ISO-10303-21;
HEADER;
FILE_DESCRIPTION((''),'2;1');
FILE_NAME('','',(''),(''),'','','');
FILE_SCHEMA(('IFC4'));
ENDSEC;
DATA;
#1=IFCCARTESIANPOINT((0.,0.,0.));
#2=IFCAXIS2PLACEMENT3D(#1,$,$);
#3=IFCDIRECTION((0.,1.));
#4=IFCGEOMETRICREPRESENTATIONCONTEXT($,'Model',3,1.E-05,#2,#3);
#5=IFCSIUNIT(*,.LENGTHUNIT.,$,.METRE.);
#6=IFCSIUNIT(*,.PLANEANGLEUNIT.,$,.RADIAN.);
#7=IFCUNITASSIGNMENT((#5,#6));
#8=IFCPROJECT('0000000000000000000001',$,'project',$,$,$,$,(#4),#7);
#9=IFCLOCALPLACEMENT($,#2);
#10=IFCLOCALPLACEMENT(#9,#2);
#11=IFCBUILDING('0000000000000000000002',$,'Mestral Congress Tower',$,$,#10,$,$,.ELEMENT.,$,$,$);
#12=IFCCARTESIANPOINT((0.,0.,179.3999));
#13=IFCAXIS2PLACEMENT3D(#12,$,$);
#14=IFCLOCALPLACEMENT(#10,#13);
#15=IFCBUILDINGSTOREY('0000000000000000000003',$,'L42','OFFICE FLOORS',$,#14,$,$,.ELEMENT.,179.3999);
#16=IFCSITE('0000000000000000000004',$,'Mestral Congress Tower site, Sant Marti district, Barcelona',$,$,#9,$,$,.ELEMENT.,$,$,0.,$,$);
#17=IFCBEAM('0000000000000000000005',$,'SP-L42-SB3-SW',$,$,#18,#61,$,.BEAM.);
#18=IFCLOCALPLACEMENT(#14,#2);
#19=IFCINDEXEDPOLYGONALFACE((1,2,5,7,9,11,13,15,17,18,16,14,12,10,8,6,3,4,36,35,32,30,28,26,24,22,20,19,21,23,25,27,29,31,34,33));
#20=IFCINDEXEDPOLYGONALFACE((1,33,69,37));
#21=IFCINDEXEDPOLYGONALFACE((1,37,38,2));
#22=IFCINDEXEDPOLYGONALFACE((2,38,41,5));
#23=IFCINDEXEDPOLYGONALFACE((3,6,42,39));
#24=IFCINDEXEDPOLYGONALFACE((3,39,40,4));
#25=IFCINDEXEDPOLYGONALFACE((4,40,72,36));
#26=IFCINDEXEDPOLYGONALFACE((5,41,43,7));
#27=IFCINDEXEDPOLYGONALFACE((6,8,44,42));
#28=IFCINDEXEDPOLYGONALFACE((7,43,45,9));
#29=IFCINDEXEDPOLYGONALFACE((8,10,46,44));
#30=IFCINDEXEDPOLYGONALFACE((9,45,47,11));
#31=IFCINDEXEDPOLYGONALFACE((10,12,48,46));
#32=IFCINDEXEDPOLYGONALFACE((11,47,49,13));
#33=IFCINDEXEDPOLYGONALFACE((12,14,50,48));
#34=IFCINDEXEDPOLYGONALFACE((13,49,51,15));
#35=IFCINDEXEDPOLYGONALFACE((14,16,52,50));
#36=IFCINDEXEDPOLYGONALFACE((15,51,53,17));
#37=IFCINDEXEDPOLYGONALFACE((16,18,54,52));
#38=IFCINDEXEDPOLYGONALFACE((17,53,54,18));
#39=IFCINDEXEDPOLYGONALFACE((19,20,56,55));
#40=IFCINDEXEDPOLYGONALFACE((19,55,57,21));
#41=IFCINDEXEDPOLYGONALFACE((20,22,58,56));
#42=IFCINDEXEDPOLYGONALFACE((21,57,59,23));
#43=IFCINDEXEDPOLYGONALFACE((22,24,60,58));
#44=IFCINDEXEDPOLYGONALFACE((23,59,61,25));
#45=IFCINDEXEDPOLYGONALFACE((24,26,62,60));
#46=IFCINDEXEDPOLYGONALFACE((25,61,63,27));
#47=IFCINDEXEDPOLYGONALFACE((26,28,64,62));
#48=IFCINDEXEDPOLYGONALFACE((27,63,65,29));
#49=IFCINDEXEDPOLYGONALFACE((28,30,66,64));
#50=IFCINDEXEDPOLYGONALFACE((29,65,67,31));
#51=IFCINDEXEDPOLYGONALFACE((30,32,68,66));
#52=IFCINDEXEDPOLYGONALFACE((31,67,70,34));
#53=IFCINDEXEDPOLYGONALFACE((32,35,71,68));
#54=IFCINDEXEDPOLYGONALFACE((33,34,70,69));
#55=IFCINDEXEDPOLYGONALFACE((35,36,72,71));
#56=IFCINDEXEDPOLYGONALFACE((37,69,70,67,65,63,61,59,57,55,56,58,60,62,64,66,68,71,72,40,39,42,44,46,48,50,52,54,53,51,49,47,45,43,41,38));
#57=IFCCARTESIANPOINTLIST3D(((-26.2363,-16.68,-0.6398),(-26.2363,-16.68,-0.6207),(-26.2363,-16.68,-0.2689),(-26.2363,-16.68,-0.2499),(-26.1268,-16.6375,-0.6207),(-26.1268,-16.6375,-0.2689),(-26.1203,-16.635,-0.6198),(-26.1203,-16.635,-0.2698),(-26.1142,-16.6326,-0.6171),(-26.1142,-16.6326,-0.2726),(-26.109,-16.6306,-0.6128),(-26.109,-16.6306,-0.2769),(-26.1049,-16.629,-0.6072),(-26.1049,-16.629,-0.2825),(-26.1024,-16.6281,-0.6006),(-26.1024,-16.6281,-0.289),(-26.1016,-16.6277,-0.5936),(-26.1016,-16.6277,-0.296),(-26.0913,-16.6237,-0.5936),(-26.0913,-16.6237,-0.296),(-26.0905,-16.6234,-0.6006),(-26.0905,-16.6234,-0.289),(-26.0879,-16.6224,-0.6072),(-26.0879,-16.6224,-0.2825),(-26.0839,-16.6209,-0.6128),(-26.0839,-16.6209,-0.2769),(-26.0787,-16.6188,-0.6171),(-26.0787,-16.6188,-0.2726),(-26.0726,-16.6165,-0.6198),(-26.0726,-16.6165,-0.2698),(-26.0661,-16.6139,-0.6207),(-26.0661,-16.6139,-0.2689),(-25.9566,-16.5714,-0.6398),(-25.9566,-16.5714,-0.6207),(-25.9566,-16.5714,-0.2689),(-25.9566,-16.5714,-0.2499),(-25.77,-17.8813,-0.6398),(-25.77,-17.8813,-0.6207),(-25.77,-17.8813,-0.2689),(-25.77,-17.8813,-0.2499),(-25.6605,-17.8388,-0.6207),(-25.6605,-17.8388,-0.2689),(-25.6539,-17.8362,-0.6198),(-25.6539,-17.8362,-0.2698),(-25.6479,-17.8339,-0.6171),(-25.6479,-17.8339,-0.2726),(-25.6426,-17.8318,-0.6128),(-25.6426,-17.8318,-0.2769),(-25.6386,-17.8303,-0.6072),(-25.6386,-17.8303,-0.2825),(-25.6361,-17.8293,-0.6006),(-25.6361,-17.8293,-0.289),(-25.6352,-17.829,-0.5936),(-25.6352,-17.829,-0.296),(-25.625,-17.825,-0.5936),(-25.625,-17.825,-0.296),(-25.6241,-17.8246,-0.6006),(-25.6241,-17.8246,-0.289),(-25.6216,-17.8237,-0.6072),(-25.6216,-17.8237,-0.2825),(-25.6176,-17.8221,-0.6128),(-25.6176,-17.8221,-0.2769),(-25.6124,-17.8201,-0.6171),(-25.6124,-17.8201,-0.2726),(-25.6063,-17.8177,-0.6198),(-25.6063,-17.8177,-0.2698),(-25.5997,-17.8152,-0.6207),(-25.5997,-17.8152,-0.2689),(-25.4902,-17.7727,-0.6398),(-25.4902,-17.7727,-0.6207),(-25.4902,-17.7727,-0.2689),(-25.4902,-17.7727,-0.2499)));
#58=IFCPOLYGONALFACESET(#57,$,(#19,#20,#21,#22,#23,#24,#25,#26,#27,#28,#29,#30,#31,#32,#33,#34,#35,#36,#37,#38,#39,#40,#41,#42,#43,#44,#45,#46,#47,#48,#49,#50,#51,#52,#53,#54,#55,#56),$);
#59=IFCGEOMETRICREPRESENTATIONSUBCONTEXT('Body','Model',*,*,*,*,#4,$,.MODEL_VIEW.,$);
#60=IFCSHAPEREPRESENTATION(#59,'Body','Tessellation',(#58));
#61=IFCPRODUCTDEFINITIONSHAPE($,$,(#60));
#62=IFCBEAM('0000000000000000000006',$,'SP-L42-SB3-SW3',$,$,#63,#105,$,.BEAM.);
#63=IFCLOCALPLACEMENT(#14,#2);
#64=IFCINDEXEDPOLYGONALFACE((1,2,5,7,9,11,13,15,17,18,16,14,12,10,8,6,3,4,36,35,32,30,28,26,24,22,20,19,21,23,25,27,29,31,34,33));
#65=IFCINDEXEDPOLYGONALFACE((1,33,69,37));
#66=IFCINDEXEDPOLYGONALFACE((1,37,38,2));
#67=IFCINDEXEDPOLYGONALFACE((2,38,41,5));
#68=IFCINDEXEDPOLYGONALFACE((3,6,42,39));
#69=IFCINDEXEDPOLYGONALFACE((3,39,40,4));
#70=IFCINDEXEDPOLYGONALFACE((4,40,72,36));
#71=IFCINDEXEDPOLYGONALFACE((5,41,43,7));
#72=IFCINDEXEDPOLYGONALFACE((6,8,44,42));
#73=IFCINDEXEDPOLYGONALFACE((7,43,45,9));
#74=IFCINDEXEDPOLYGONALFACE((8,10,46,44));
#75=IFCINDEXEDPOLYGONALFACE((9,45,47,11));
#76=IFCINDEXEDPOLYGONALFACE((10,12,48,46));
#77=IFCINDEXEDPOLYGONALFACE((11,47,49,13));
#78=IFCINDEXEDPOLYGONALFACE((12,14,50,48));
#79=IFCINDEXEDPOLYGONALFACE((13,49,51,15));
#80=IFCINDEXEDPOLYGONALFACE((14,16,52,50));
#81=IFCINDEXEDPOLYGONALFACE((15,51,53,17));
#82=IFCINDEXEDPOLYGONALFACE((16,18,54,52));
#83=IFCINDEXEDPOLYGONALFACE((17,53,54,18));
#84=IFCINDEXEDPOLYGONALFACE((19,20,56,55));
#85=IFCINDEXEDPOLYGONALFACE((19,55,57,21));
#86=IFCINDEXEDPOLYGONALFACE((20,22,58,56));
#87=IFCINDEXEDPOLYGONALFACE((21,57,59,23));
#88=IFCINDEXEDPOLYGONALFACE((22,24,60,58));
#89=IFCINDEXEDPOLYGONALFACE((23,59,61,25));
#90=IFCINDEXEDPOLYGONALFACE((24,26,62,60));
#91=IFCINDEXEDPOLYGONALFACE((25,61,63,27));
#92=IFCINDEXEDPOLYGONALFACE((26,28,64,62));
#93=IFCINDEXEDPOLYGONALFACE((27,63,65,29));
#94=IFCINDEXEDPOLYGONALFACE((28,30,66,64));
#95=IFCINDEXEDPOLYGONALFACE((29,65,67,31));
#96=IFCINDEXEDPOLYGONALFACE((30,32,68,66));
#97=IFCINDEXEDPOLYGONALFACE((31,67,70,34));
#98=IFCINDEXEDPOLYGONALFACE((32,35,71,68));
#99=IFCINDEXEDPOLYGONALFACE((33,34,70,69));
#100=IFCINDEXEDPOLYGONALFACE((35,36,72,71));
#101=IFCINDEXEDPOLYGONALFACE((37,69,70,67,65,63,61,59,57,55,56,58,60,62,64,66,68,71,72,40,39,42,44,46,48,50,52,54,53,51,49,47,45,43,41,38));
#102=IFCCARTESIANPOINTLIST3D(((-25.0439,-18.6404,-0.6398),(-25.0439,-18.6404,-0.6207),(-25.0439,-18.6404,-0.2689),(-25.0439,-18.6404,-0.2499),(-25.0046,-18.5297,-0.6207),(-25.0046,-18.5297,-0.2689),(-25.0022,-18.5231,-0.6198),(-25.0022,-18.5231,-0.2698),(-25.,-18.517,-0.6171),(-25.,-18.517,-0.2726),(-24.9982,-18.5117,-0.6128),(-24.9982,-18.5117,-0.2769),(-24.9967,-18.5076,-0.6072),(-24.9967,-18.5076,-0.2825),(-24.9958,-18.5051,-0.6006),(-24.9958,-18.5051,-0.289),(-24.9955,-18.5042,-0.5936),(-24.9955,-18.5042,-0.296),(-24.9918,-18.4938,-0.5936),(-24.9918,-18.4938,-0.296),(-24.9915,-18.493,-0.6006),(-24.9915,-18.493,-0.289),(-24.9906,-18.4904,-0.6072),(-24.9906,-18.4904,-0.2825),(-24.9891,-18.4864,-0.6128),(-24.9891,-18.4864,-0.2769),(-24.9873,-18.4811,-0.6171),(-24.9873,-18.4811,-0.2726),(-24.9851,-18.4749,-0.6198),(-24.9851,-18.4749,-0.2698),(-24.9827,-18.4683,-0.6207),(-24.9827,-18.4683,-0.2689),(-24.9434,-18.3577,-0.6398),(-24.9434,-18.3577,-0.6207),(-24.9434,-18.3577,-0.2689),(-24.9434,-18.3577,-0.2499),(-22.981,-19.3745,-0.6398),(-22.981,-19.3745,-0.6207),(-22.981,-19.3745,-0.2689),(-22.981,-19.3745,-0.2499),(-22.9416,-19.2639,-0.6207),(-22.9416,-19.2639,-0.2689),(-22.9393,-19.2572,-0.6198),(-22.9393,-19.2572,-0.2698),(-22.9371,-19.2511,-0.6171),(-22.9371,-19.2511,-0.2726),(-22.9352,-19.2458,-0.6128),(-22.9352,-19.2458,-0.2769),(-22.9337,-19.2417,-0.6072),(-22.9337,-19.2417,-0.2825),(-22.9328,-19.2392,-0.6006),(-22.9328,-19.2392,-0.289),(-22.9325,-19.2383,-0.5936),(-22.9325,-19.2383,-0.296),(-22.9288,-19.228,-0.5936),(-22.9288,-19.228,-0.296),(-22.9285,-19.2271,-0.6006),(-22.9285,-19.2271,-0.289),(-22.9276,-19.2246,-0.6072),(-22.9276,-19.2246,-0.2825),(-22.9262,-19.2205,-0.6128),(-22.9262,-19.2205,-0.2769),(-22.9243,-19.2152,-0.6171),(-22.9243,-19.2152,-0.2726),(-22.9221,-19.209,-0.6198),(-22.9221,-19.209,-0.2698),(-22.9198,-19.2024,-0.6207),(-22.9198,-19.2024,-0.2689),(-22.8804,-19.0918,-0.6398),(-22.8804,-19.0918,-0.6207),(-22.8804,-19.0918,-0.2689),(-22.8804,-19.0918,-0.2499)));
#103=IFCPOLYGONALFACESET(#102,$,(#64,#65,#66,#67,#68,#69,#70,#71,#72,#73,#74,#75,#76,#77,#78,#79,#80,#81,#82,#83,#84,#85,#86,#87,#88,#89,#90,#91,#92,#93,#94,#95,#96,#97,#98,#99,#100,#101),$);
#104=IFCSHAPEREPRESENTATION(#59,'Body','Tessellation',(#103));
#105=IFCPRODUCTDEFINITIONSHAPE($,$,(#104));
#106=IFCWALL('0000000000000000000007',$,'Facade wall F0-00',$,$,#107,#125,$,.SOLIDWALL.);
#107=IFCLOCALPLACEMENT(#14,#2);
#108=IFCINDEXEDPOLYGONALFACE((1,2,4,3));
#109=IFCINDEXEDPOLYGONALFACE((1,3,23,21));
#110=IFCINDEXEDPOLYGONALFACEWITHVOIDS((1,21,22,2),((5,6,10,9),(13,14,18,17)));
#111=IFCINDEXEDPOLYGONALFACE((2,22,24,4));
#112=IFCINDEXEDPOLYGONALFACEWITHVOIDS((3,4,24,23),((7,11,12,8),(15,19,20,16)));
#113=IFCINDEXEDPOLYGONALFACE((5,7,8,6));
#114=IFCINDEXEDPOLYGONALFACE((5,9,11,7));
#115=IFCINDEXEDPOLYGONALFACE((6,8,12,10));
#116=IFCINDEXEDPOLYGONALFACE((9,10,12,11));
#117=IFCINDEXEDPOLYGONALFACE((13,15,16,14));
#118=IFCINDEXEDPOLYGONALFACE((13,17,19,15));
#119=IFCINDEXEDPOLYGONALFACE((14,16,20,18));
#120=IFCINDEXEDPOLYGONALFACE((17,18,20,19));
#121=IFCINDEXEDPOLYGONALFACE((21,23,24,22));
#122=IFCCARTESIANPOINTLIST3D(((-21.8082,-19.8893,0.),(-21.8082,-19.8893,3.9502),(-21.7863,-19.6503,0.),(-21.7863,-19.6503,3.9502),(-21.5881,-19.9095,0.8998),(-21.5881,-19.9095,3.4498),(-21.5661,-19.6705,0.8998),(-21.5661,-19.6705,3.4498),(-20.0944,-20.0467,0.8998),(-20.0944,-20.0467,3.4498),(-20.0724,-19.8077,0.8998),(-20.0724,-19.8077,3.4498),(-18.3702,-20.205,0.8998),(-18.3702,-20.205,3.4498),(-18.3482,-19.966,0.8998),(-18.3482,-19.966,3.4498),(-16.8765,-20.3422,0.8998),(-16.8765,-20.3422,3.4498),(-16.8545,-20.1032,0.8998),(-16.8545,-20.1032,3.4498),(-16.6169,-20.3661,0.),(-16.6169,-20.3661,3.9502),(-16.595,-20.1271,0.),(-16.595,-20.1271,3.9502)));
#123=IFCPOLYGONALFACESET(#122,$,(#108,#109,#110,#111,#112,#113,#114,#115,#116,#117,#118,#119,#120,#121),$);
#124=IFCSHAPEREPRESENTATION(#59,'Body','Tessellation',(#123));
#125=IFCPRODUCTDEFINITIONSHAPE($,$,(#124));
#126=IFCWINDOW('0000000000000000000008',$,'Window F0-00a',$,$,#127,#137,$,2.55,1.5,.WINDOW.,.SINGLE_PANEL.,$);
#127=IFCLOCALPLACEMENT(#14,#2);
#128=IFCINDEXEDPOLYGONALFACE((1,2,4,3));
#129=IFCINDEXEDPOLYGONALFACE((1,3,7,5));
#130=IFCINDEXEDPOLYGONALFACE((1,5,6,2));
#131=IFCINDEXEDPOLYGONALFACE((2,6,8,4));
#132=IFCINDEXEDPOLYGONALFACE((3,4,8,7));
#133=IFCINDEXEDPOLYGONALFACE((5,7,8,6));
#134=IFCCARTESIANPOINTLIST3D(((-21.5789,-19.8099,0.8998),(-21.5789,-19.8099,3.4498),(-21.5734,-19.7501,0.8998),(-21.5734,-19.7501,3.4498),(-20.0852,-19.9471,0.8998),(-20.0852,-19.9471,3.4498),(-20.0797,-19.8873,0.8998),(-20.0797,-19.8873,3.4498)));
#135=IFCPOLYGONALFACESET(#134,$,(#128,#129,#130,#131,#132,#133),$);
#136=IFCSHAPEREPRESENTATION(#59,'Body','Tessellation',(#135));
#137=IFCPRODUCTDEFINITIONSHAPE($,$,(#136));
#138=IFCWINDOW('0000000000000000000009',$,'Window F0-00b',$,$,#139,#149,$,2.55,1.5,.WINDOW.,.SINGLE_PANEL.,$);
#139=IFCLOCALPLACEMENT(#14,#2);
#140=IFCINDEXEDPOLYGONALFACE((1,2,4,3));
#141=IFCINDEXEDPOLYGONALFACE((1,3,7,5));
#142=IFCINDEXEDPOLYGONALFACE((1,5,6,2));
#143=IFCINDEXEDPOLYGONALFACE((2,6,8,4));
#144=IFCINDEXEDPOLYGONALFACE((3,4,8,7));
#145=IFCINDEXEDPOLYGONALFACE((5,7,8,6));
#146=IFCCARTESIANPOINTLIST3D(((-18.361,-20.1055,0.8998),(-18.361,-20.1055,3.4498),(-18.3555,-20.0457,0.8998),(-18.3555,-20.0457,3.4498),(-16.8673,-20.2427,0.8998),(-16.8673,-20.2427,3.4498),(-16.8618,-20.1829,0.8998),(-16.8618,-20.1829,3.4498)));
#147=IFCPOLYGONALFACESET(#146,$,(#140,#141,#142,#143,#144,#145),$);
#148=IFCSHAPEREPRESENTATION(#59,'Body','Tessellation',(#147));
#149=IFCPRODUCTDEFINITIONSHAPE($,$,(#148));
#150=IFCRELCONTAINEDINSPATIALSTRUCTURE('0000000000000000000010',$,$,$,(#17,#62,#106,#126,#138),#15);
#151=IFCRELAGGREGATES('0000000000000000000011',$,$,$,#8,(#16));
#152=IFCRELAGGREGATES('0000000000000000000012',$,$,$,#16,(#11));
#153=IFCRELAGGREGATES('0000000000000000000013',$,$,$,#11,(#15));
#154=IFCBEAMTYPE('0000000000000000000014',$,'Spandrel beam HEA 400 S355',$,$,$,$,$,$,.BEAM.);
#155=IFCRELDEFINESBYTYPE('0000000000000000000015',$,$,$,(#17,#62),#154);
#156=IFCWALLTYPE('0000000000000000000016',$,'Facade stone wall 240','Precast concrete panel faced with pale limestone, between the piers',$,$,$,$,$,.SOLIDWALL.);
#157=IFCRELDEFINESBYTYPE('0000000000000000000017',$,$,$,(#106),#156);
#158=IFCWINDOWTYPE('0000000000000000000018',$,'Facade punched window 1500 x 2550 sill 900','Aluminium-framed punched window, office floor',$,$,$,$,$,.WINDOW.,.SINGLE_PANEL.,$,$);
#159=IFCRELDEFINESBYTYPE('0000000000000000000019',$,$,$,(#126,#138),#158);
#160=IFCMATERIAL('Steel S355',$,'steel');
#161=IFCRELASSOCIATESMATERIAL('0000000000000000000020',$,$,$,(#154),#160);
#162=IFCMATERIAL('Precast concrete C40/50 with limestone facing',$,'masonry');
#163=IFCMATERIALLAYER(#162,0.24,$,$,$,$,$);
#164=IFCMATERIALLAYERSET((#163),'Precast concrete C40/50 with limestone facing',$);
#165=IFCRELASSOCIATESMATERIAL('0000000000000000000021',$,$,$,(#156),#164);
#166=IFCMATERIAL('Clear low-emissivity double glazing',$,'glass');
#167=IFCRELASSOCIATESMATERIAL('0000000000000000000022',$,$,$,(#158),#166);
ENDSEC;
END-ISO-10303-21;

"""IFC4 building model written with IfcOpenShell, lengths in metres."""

from ifc_helpers import new_model, si_unit, direction, frame, frame_2d, origin, origin_2d, place, context, subcontext, project, spatial, rectangle, i_section, extrude, material, layer, layer_set, material_profile, profile_set, type_object, element, fill, save


model = new_model("IFC4")

# Units and contexts
model_context = context("Model", 3, precision=1e-05, world=origin(), true_north=direction((0.0, 1.0)))
body_context = subcontext(model_context, "Body", "Model", "MODEL_VIEW")
ifc_project = project(units=[si_unit("LENGTHUNIT", "METRE"), si_unit("PLANEANGLEUNIT", "RADIAN")], contexts=[model_context])

# Site, building, storey
site_placement = place(None, origin())
site = spatial("IfcSite", under=ifc_project, at=site_placement, Name="Mestral Congress Tower site, Sant Marti district, Barcelona", CompositionType="ELEMENT", RefElevation=0.0)
building_placement = place(site_placement, origin())
building = spatial("IfcBuilding", under=site, at=building_placement, Name="Mestral Congress Tower", CompositionType="ELEMENT")
storey_placement = place(building_placement, frame((0.0, 0.0, 179.3999)))
storey = spatial("IfcBuildingStorey", under=building, at=storey_placement, Name="L42", Description="OFFICE FLOORS", CompositionType="ELEMENT", Elevation=179.3999)

# Beams
ifc_material_1 = material(Name="Steel S355", Category="steel")
ifc_material_profile_1 = material_profile(ifc_material_1, i_section(OverallWidth=0.3, OverallDepth=0.3899, WebThickness=0.011, FlangeThickness=0.019, FilletRadius=0.0271, at=origin_2d()), Name="HEA 400")
ifc_profile_set_1 = profile_set([ifc_material_profile_1], Name="Steel S355")
beam_type_1 = type_object("IfcBeamType", Name="Spandrel beam HEA 400 S355", PredefinedType="BEAM", material=ifc_profile_set_1)
beam_1_placement = place(storey_placement, frame((-26.0964, -16.6257, -0.4448), z_axis=(0.361898, -0.932218, 0.0), x_axis=(0.932218, 0.361898, 0.0)))
element("IfcBeam", 1, at=beam_1_placement, inside=storey, type_object=beam_type_1, Name="SP-L42-SB3-SW", PredefinedType="BEAM", context=body_context, shape_type="SweptSolid", body=[
    extrude(i_section(OverallWidth=0.3, OverallDepth=0.3899, WebThickness=0.011, FlangeThickness=0.019, FilletRadius=0.0271, at=origin_2d()), origin(), (0.0, 0.0, 1.0), 1.2886),
])
beam_2_placement = place(storey_placement, frame((-24.9937, -18.499, -0.4448), z_axis=(0.942125, -0.335263, 0.0), x_axis=(0.335263, 0.942125, 0.0)))
element("IfcBeam", 2, at=beam_2_placement, inside=storey, type_object=beam_type_1, Name="SP-L42-SB3-SW3", PredefinedType="BEAM", context=body_context, shape_type="SweptSolid", body=[
    extrude(i_section(OverallWidth=0.3, OverallDepth=0.3899, WebThickness=0.011, FlangeThickness=0.019, FilletRadius=0.0271, at=origin_2d()), origin(), (0.0, 0.0, 1.0), 2.1897),
])

# Wall, openings, windows
ifc_material_2 = material(Name="Precast concrete C40/50 with limestone facing", Category="masonry")
ifc_layer = layer(ifc_material_2, 0.24)
ifc_layer_set = layer_set([ifc_layer], Name="Precast concrete C40/50 with limestone facing")
wall_type = type_object("IfcWallType", Name="Facade stone wall 240", Description="Precast concrete panel faced with pale limestone, between the piers", PredefinedType="SOLIDWALL", material=ifc_layer_set)
wall_1_placement = place(storey_placement, frame((-21.7971, -19.7698, 0.0), z_axis=(0.0, 0.0, 1.0), x_axis=(0.995809, -0.09146, 0.0)))
wall_1 = element("IfcWall", 3, at=wall_1_placement, inside=storey, type_object=wall_type, Name="Facade wall F0-00", PredefinedType="SOLIDWALL", context=body_context, shape_type="SweptSolid", body=[
    extrude(rectangle(XDim=5.2131, YDim=0.24, at=frame_2d((2.6064, 0.0))), origin(), (0.0, 0.0, 1.0), 3.9502),
])
opening_1_placement = place(wall_1_placement, frame((0.2209, 0.0, 0.8999)))
opening_1 = element("IfcOpeningElement", 4, at=opening_1_placement, cuts=wall_1, PredefinedType="OPENING", context=body_context, shape_type="SweptSolid", body=[
    extrude(rectangle(XDim=1.5, YDim=2.55, at=frame_2d((0.75, 1.2749))), frame((0.0, 0.1299, 0.0), z_axis=(0.0, -1.0, 0.0), x_axis=(1.0, 0.0, 0.0)), (0.0, 0.0, 1.0), 0.26),
])
opening_2_placement = place(wall_1_placement, frame((3.4524, 0.0, 0.8999)))
opening_2 = element("IfcOpeningElement", 5, at=opening_2_placement, cuts=wall_1, PredefinedType="OPENING", context=body_context, shape_type="SweptSolid", body=[
    extrude(rectangle(XDim=1.5, YDim=2.55, at=frame_2d((0.75, 1.2749))), frame((0.0, 0.1299, 0.0), z_axis=(0.0, -1.0, 0.0), x_axis=(1.0, 0.0, 0.0)), (0.0, 0.0, 1.0), 0.26),
])
ifc_material_3 = material(Name="Clear low-emissivity double glazing", Category="glass")
window_type_1 = type_object("IfcWindowType", Name="Facade punched window 1500 x 2550 sill 900", Description="Aluminium-framed punched window, office floor", PartitioningType="SINGLE_PANEL", PredefinedType="WINDOW", material=ifc_material_3)
window_1_placement = place(opening_1_placement, origin())
window_1 = element("IfcWindow", 6, at=window_1_placement, inside=storey, type_object=window_type_1, Name="Window F0-00a", OverallHeight=2.55, OverallWidth=1.5, PartitioningType="SINGLE_PANEL", PredefinedType="WINDOW", context=body_context, shape_type="SweptSolid", body=[
    extrude(rectangle(XDim=1.5, YDim=2.55, at=frame_2d((0.75, 1.2749))), frame((0.0, 0.04, 0.0), z_axis=(0.0, -1.0, 0.0), x_axis=(1.0, 0.0, 0.0)), (0.0, 0.0, 1.0), 0.0601),
])
fill(opening_1, window_1)
window_2_placement = place(opening_2_placement, origin())
window_2 = element("IfcWindow", 7, at=window_2_placement, inside=storey, type_object=window_type_1, Name="Window F0-00b", OverallHeight=2.55, OverallWidth=1.5, PartitioningType="SINGLE_PANEL", PredefinedType="WINDOW", context=body_context, shape_type="SweptSolid", body=[
    extrude(rectangle(XDim=1.5, YDim=2.55, at=frame_2d((0.75, 1.2749))), frame((0.0, 0.04, 0.0), z_axis=(0.0, -1.0, 0.0), x_axis=(1.0, 0.0, 0.0)), (0.0, 0.0, 1.0), 0.0601),
])
fill(opening_2, window_2)

save(model, "model.ifc")
